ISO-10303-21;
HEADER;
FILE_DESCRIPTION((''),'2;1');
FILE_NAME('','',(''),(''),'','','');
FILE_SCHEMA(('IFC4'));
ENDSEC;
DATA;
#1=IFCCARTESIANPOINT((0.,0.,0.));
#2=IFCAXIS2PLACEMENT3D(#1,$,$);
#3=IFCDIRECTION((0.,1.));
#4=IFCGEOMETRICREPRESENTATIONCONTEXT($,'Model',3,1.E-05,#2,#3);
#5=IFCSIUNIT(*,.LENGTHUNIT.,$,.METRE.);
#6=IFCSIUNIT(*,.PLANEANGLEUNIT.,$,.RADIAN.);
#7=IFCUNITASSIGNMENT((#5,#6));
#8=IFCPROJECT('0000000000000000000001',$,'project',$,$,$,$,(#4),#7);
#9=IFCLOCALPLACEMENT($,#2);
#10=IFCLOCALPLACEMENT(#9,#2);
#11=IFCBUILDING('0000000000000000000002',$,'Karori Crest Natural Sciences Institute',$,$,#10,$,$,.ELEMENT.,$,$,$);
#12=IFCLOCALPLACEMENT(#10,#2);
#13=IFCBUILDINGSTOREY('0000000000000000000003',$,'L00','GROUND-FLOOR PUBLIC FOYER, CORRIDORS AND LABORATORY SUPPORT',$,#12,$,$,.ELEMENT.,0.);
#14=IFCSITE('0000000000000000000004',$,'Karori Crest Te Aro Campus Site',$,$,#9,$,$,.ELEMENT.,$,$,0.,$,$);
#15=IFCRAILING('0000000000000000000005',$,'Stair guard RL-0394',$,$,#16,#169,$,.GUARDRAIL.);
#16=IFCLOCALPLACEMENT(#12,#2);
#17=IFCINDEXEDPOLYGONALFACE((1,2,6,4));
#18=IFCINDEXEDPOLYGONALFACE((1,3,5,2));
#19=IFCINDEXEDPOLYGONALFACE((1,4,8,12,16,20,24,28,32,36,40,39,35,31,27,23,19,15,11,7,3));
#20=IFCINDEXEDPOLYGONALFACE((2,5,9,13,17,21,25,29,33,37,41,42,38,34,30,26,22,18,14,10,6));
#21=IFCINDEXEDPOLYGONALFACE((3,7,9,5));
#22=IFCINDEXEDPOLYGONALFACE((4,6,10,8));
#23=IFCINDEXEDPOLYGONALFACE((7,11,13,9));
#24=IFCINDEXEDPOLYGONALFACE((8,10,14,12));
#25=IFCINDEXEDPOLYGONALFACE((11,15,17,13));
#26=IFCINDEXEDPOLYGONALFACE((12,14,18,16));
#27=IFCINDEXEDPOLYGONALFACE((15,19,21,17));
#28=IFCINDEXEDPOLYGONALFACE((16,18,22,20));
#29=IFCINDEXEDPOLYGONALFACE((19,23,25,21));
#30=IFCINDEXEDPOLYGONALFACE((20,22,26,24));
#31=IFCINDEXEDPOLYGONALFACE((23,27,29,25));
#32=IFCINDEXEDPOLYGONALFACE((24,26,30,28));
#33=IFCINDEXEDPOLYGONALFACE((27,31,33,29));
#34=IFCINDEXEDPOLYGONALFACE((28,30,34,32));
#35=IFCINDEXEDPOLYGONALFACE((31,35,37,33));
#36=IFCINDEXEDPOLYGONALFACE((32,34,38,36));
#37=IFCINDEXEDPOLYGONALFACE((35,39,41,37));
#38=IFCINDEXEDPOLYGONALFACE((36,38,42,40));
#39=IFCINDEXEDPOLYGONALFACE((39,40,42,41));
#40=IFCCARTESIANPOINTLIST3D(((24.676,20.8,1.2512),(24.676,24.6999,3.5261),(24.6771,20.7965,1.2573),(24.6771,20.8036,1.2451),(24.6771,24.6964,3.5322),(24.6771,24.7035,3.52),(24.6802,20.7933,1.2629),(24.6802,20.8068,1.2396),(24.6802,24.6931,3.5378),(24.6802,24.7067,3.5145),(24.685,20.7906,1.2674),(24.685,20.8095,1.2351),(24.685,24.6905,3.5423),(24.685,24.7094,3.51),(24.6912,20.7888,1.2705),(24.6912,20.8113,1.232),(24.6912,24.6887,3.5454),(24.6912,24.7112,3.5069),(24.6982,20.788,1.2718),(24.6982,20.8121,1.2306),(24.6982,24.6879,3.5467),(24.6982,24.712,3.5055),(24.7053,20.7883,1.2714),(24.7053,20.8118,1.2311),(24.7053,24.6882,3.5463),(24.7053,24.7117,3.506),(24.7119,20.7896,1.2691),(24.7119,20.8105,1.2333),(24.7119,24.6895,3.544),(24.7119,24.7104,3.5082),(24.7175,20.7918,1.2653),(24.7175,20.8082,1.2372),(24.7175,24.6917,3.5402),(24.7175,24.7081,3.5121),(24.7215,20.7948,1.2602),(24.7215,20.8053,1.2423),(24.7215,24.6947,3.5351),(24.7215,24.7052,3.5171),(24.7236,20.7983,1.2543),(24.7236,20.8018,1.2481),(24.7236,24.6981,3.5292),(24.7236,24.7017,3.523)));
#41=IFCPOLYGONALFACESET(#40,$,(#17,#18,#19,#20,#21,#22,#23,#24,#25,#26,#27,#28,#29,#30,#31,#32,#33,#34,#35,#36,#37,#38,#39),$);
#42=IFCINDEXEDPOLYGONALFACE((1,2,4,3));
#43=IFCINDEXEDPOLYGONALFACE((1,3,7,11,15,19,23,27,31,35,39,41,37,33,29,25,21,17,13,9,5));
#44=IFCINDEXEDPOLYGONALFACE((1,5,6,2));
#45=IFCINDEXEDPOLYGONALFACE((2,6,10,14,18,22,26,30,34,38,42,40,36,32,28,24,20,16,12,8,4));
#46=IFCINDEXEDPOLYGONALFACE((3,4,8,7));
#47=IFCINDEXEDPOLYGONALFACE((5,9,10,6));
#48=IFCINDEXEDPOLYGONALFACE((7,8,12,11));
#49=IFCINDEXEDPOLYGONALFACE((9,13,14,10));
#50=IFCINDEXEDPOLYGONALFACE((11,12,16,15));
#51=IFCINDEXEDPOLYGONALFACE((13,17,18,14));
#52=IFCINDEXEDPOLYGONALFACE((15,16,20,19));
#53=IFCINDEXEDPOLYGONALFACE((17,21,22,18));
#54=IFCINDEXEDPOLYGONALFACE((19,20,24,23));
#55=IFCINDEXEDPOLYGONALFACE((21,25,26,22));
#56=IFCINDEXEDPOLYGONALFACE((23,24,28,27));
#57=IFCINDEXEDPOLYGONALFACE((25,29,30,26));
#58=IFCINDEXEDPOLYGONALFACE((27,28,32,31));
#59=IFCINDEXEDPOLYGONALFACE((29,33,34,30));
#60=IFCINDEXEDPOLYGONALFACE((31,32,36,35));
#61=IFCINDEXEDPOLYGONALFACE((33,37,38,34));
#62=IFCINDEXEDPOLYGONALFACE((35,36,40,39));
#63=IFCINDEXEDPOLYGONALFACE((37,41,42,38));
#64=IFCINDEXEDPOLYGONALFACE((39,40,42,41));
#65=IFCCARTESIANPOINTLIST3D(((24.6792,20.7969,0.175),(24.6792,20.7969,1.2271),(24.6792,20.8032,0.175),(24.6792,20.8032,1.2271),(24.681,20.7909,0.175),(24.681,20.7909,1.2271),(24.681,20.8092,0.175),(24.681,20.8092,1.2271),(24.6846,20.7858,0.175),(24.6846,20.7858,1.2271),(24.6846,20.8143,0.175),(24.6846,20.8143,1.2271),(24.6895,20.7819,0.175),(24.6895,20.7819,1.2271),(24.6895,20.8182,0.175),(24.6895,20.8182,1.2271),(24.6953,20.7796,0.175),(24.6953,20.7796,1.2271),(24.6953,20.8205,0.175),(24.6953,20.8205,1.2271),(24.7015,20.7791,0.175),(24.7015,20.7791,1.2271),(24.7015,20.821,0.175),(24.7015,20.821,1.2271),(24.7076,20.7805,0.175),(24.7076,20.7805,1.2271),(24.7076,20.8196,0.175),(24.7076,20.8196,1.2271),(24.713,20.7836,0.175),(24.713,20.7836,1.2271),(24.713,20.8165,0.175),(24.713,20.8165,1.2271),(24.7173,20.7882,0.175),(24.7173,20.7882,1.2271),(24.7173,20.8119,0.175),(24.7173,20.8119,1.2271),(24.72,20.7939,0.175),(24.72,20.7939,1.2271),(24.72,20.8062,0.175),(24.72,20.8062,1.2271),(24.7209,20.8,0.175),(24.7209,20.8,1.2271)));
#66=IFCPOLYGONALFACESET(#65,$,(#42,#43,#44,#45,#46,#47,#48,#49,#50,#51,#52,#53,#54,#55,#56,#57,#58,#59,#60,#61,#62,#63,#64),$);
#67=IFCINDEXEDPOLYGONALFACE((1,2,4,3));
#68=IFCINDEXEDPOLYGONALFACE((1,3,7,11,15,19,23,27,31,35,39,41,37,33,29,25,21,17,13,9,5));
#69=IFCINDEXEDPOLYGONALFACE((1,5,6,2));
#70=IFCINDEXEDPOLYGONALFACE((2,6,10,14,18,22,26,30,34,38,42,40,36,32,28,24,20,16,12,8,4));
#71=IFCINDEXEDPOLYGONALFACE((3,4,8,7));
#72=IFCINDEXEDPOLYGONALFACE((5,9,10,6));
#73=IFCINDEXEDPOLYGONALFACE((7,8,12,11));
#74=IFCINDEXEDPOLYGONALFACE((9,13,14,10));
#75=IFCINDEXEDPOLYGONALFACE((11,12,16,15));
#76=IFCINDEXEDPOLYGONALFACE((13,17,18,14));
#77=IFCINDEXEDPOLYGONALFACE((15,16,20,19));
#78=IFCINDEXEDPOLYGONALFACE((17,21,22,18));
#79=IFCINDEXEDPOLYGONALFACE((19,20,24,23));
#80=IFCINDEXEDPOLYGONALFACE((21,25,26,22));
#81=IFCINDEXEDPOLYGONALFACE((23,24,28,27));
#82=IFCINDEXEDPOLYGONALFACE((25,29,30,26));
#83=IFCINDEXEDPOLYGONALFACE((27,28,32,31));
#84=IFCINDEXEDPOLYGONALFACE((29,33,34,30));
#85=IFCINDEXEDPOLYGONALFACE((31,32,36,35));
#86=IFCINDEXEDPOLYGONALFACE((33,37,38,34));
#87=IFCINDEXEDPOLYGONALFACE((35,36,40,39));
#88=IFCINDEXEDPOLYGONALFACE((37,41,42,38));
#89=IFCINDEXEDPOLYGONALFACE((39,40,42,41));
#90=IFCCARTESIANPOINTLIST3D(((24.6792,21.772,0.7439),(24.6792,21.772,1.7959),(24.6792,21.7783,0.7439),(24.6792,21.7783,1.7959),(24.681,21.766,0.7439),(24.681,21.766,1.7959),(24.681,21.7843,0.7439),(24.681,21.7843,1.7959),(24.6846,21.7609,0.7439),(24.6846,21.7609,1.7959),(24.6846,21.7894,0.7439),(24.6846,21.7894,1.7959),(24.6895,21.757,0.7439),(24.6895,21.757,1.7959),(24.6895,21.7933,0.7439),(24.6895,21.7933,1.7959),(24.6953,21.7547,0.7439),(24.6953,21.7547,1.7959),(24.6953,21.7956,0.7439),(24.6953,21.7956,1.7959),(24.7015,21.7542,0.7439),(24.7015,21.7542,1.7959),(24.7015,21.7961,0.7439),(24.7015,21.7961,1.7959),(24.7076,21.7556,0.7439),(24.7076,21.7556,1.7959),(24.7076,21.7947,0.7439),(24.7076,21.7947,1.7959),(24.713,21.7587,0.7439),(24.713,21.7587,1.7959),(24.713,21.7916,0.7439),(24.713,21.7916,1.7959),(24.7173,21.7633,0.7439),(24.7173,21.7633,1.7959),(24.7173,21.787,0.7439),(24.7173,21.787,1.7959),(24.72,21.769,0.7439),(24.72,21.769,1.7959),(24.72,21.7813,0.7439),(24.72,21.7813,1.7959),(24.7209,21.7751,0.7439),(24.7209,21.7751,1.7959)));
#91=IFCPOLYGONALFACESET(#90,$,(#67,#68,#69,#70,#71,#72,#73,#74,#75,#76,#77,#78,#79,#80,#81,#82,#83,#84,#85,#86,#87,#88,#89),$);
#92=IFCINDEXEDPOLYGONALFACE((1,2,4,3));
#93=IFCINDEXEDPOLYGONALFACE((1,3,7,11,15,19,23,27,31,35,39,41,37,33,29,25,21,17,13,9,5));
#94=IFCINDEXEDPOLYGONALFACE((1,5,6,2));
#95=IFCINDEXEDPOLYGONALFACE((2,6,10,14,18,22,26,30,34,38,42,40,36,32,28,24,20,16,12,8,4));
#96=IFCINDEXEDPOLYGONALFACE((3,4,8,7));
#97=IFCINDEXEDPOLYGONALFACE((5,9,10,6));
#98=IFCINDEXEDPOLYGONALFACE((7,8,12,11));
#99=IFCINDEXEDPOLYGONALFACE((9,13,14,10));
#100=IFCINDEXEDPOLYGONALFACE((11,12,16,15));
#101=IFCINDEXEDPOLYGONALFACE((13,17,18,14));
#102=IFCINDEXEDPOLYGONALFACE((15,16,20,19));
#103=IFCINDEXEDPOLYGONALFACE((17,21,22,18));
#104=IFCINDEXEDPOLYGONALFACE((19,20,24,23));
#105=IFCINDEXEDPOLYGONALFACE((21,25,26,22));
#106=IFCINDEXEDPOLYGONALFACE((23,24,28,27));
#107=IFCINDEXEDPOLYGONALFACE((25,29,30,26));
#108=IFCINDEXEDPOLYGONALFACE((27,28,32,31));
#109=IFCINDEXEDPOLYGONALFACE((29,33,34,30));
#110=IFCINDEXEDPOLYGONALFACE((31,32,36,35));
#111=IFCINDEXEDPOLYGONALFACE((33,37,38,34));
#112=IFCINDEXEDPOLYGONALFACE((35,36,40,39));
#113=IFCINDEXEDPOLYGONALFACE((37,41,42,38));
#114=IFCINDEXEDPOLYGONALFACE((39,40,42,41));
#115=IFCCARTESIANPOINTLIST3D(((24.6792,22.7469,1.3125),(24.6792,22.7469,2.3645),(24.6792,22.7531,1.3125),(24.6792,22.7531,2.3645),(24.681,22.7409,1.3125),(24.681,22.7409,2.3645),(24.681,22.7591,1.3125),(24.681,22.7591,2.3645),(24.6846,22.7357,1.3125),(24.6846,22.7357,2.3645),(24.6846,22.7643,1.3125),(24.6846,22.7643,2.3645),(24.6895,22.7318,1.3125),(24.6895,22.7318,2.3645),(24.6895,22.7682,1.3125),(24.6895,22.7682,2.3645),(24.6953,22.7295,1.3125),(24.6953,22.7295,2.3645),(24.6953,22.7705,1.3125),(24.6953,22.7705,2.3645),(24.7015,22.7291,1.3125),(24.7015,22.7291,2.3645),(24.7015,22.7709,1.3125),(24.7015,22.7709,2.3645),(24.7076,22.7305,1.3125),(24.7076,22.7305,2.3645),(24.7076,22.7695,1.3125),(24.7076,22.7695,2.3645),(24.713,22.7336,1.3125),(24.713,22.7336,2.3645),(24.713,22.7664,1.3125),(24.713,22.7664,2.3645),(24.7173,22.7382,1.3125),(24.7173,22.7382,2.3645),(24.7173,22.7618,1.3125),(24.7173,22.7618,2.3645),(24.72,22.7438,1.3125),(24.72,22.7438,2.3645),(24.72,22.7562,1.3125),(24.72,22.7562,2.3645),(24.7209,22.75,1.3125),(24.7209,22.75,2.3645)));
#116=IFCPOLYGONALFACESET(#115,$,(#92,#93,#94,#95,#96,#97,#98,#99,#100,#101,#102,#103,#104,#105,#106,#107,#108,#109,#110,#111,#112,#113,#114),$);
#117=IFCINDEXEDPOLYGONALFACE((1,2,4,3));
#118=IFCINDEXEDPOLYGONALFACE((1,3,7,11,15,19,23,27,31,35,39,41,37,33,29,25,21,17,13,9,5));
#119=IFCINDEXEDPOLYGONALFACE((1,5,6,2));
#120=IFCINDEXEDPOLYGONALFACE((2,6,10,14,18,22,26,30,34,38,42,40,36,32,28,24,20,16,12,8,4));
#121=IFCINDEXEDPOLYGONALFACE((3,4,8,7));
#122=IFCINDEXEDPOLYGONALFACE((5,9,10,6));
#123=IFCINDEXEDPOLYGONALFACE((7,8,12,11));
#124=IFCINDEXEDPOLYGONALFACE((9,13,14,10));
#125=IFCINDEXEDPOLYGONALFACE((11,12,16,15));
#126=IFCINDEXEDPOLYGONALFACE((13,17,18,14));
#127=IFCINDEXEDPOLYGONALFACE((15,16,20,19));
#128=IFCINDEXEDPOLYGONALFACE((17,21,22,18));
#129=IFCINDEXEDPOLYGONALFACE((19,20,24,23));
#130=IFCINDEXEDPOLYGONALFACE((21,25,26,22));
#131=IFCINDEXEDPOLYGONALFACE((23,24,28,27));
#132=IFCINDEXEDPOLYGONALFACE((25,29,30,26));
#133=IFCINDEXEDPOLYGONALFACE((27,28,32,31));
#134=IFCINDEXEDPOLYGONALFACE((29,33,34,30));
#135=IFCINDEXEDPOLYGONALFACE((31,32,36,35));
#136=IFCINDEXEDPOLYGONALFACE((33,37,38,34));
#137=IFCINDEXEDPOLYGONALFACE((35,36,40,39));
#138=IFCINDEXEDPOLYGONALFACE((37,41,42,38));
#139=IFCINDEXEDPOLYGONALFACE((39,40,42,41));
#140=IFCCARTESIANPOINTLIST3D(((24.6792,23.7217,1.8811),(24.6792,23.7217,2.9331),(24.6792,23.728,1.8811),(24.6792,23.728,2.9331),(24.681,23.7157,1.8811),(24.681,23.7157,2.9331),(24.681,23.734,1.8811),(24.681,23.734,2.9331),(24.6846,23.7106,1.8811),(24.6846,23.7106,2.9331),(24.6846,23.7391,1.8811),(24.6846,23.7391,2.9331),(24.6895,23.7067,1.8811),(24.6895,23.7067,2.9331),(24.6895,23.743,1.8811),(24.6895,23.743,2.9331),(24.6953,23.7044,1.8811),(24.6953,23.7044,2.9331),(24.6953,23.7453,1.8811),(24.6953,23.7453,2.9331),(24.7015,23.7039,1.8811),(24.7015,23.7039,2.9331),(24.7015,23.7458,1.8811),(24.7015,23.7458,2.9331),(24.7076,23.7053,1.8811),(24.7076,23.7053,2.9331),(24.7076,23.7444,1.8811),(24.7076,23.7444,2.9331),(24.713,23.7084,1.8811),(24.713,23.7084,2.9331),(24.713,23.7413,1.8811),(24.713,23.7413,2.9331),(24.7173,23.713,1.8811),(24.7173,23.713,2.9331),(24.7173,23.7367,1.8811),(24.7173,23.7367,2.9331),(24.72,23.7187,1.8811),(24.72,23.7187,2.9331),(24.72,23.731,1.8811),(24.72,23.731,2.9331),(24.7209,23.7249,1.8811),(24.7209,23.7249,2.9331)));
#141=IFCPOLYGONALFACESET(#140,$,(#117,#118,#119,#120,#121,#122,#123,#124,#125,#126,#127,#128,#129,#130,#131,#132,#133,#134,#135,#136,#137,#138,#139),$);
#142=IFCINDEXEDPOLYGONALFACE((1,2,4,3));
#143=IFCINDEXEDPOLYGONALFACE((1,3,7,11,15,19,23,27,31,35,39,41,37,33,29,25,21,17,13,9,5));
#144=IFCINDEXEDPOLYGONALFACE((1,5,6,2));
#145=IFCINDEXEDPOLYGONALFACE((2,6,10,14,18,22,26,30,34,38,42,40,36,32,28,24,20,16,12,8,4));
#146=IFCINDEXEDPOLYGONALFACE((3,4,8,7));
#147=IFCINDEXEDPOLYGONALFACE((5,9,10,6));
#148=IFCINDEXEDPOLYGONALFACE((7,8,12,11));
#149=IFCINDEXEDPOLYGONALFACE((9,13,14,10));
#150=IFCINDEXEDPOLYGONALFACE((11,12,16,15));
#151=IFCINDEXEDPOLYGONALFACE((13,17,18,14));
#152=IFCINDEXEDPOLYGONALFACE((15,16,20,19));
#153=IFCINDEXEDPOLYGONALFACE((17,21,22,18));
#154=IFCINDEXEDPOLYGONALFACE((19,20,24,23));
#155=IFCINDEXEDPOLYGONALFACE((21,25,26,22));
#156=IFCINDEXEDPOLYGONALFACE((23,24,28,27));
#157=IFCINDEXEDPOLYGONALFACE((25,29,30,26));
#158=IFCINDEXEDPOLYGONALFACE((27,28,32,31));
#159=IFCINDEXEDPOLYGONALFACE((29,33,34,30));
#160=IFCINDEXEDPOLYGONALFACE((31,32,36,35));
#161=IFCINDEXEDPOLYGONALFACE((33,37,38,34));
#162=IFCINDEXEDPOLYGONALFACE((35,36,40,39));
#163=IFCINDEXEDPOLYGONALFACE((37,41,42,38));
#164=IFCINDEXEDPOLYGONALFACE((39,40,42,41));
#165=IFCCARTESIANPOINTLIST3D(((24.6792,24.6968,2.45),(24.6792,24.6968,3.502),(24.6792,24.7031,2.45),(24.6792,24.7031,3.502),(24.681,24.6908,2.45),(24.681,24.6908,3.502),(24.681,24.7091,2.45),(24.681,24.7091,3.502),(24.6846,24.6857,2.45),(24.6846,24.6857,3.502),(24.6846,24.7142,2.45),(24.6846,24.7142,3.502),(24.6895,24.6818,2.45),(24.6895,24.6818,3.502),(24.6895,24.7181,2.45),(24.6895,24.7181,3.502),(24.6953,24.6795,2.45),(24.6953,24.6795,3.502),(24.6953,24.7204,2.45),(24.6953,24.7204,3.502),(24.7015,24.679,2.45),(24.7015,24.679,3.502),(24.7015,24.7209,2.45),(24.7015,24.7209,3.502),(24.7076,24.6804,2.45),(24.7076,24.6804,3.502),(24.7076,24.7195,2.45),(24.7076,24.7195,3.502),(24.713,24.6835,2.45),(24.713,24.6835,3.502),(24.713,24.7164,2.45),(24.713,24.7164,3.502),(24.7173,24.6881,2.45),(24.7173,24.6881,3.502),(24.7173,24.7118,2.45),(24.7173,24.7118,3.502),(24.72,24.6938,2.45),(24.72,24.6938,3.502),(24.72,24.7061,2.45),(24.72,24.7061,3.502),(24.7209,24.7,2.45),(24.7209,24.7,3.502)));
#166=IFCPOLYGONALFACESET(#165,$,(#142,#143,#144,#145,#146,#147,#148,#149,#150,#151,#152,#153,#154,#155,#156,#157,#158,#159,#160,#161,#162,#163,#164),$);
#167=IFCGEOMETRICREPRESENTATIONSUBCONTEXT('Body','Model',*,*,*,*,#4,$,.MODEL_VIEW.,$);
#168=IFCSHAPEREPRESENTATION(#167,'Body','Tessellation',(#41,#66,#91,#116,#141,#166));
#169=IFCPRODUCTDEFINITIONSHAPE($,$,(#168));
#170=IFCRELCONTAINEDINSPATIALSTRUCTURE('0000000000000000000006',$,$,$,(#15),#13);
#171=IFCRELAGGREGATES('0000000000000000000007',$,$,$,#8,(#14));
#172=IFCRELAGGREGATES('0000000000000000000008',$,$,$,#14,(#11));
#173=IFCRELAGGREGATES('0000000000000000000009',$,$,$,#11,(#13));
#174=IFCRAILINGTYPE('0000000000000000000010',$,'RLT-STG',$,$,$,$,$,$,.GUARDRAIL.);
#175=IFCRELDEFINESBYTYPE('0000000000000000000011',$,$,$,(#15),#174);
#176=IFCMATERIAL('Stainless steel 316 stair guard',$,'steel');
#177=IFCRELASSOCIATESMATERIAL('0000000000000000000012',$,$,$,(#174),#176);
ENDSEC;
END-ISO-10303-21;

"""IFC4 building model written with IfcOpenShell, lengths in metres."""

from ifc_helpers import new_model, si_unit, direction, frame, origin, origin_2d, place, context, subcontext, project, spatial, circle, extrude, material, type_object, element, save


model = new_model("IFC4")

# Units and contexts
model_context = context("Model", 3, precision=1e-05, world=origin(), true_north=direction((0.0, 1.0)))
body_context = subcontext(model_context, "Body", "Model", "MODEL_VIEW")
ifc_project = project(units=[si_unit("LENGTHUNIT", "METRE"), si_unit("PLANEANGLEUNIT", "RADIAN")], contexts=[model_context])

# Site, building, storey
site_placement = place(None, origin())
site = spatial("IfcSite", under=ifc_project, at=site_placement, Name="Karori Crest Te Aro Campus Site", CompositionType="ELEMENT", RefElevation=0.0)
building_placement = place(site_placement, origin())
building = spatial("IfcBuilding", under=site, at=building_placement, Name="Karori Crest Natural Sciences Institute", CompositionType="ELEMENT")
storey_placement = place(building_placement, origin())
storey = spatial("IfcBuildingStorey", under=building, at=storey_placement, Name="L00", Description="GROUND-FLOOR PUBLIC FOYER, CORRIDORS AND LABORATORY SUPPORT", CompositionType="ELEMENT", Elevation=0.0)

# Railing
ifc_material_1 = material(Name="Stainless steel 316 stair guard", Category="steel")
railing_type_1 = type_object("IfcRailingType", Name="RLT-STG", PredefinedType="GUARDRAIL", material=ifc_material_1)
railing_1_placement = place(storey_placement, frame((24.7, 20.8, 0.175)))
element("IfcRailing", 1, at=railing_1_placement, inside=storey, type_object=railing_type_1, Name="Stair guard RL-0394", PredefinedType="GUARDRAIL", context=body_context, shape_type="SweptSolid", body=[
    extrude(circle(Radius=0.0239, at=origin_2d()), frame((0.0, 0.0, 1.0762), z_axis=(0.0, 0.863783, 0.503864), x_axis=(-1.0, 0.0, 0.0)), (0.0, 0.0, 1.0), 4.5149),
    extrude(circle(Radius=0.021, at=origin_2d()), origin(), (0.0, 0.0, 1.0), 1.052),
    extrude(circle(Radius=0.021, at=origin_2d()), frame((0.0, 0.9751, 0.5688)), (0.0, 0.0, 1.0), 1.052),
    extrude(circle(Radius=0.021, at=origin_2d()), frame((0.0, 1.95, 1.1375)), (0.0, 0.0, 1.0), 1.052),
    extrude(circle(Radius=0.021, at=origin_2d()), frame((0.0, 2.9248, 1.7061)), (0.0, 0.0, 1.0), 1.052),
    extrude(circle(Radius=0.021, at=origin_2d()), frame((0.0, 3.8999, 2.2749)), (0.0, 0.0, 1.0), 1.052),
])

save(model, "model.ifc")
